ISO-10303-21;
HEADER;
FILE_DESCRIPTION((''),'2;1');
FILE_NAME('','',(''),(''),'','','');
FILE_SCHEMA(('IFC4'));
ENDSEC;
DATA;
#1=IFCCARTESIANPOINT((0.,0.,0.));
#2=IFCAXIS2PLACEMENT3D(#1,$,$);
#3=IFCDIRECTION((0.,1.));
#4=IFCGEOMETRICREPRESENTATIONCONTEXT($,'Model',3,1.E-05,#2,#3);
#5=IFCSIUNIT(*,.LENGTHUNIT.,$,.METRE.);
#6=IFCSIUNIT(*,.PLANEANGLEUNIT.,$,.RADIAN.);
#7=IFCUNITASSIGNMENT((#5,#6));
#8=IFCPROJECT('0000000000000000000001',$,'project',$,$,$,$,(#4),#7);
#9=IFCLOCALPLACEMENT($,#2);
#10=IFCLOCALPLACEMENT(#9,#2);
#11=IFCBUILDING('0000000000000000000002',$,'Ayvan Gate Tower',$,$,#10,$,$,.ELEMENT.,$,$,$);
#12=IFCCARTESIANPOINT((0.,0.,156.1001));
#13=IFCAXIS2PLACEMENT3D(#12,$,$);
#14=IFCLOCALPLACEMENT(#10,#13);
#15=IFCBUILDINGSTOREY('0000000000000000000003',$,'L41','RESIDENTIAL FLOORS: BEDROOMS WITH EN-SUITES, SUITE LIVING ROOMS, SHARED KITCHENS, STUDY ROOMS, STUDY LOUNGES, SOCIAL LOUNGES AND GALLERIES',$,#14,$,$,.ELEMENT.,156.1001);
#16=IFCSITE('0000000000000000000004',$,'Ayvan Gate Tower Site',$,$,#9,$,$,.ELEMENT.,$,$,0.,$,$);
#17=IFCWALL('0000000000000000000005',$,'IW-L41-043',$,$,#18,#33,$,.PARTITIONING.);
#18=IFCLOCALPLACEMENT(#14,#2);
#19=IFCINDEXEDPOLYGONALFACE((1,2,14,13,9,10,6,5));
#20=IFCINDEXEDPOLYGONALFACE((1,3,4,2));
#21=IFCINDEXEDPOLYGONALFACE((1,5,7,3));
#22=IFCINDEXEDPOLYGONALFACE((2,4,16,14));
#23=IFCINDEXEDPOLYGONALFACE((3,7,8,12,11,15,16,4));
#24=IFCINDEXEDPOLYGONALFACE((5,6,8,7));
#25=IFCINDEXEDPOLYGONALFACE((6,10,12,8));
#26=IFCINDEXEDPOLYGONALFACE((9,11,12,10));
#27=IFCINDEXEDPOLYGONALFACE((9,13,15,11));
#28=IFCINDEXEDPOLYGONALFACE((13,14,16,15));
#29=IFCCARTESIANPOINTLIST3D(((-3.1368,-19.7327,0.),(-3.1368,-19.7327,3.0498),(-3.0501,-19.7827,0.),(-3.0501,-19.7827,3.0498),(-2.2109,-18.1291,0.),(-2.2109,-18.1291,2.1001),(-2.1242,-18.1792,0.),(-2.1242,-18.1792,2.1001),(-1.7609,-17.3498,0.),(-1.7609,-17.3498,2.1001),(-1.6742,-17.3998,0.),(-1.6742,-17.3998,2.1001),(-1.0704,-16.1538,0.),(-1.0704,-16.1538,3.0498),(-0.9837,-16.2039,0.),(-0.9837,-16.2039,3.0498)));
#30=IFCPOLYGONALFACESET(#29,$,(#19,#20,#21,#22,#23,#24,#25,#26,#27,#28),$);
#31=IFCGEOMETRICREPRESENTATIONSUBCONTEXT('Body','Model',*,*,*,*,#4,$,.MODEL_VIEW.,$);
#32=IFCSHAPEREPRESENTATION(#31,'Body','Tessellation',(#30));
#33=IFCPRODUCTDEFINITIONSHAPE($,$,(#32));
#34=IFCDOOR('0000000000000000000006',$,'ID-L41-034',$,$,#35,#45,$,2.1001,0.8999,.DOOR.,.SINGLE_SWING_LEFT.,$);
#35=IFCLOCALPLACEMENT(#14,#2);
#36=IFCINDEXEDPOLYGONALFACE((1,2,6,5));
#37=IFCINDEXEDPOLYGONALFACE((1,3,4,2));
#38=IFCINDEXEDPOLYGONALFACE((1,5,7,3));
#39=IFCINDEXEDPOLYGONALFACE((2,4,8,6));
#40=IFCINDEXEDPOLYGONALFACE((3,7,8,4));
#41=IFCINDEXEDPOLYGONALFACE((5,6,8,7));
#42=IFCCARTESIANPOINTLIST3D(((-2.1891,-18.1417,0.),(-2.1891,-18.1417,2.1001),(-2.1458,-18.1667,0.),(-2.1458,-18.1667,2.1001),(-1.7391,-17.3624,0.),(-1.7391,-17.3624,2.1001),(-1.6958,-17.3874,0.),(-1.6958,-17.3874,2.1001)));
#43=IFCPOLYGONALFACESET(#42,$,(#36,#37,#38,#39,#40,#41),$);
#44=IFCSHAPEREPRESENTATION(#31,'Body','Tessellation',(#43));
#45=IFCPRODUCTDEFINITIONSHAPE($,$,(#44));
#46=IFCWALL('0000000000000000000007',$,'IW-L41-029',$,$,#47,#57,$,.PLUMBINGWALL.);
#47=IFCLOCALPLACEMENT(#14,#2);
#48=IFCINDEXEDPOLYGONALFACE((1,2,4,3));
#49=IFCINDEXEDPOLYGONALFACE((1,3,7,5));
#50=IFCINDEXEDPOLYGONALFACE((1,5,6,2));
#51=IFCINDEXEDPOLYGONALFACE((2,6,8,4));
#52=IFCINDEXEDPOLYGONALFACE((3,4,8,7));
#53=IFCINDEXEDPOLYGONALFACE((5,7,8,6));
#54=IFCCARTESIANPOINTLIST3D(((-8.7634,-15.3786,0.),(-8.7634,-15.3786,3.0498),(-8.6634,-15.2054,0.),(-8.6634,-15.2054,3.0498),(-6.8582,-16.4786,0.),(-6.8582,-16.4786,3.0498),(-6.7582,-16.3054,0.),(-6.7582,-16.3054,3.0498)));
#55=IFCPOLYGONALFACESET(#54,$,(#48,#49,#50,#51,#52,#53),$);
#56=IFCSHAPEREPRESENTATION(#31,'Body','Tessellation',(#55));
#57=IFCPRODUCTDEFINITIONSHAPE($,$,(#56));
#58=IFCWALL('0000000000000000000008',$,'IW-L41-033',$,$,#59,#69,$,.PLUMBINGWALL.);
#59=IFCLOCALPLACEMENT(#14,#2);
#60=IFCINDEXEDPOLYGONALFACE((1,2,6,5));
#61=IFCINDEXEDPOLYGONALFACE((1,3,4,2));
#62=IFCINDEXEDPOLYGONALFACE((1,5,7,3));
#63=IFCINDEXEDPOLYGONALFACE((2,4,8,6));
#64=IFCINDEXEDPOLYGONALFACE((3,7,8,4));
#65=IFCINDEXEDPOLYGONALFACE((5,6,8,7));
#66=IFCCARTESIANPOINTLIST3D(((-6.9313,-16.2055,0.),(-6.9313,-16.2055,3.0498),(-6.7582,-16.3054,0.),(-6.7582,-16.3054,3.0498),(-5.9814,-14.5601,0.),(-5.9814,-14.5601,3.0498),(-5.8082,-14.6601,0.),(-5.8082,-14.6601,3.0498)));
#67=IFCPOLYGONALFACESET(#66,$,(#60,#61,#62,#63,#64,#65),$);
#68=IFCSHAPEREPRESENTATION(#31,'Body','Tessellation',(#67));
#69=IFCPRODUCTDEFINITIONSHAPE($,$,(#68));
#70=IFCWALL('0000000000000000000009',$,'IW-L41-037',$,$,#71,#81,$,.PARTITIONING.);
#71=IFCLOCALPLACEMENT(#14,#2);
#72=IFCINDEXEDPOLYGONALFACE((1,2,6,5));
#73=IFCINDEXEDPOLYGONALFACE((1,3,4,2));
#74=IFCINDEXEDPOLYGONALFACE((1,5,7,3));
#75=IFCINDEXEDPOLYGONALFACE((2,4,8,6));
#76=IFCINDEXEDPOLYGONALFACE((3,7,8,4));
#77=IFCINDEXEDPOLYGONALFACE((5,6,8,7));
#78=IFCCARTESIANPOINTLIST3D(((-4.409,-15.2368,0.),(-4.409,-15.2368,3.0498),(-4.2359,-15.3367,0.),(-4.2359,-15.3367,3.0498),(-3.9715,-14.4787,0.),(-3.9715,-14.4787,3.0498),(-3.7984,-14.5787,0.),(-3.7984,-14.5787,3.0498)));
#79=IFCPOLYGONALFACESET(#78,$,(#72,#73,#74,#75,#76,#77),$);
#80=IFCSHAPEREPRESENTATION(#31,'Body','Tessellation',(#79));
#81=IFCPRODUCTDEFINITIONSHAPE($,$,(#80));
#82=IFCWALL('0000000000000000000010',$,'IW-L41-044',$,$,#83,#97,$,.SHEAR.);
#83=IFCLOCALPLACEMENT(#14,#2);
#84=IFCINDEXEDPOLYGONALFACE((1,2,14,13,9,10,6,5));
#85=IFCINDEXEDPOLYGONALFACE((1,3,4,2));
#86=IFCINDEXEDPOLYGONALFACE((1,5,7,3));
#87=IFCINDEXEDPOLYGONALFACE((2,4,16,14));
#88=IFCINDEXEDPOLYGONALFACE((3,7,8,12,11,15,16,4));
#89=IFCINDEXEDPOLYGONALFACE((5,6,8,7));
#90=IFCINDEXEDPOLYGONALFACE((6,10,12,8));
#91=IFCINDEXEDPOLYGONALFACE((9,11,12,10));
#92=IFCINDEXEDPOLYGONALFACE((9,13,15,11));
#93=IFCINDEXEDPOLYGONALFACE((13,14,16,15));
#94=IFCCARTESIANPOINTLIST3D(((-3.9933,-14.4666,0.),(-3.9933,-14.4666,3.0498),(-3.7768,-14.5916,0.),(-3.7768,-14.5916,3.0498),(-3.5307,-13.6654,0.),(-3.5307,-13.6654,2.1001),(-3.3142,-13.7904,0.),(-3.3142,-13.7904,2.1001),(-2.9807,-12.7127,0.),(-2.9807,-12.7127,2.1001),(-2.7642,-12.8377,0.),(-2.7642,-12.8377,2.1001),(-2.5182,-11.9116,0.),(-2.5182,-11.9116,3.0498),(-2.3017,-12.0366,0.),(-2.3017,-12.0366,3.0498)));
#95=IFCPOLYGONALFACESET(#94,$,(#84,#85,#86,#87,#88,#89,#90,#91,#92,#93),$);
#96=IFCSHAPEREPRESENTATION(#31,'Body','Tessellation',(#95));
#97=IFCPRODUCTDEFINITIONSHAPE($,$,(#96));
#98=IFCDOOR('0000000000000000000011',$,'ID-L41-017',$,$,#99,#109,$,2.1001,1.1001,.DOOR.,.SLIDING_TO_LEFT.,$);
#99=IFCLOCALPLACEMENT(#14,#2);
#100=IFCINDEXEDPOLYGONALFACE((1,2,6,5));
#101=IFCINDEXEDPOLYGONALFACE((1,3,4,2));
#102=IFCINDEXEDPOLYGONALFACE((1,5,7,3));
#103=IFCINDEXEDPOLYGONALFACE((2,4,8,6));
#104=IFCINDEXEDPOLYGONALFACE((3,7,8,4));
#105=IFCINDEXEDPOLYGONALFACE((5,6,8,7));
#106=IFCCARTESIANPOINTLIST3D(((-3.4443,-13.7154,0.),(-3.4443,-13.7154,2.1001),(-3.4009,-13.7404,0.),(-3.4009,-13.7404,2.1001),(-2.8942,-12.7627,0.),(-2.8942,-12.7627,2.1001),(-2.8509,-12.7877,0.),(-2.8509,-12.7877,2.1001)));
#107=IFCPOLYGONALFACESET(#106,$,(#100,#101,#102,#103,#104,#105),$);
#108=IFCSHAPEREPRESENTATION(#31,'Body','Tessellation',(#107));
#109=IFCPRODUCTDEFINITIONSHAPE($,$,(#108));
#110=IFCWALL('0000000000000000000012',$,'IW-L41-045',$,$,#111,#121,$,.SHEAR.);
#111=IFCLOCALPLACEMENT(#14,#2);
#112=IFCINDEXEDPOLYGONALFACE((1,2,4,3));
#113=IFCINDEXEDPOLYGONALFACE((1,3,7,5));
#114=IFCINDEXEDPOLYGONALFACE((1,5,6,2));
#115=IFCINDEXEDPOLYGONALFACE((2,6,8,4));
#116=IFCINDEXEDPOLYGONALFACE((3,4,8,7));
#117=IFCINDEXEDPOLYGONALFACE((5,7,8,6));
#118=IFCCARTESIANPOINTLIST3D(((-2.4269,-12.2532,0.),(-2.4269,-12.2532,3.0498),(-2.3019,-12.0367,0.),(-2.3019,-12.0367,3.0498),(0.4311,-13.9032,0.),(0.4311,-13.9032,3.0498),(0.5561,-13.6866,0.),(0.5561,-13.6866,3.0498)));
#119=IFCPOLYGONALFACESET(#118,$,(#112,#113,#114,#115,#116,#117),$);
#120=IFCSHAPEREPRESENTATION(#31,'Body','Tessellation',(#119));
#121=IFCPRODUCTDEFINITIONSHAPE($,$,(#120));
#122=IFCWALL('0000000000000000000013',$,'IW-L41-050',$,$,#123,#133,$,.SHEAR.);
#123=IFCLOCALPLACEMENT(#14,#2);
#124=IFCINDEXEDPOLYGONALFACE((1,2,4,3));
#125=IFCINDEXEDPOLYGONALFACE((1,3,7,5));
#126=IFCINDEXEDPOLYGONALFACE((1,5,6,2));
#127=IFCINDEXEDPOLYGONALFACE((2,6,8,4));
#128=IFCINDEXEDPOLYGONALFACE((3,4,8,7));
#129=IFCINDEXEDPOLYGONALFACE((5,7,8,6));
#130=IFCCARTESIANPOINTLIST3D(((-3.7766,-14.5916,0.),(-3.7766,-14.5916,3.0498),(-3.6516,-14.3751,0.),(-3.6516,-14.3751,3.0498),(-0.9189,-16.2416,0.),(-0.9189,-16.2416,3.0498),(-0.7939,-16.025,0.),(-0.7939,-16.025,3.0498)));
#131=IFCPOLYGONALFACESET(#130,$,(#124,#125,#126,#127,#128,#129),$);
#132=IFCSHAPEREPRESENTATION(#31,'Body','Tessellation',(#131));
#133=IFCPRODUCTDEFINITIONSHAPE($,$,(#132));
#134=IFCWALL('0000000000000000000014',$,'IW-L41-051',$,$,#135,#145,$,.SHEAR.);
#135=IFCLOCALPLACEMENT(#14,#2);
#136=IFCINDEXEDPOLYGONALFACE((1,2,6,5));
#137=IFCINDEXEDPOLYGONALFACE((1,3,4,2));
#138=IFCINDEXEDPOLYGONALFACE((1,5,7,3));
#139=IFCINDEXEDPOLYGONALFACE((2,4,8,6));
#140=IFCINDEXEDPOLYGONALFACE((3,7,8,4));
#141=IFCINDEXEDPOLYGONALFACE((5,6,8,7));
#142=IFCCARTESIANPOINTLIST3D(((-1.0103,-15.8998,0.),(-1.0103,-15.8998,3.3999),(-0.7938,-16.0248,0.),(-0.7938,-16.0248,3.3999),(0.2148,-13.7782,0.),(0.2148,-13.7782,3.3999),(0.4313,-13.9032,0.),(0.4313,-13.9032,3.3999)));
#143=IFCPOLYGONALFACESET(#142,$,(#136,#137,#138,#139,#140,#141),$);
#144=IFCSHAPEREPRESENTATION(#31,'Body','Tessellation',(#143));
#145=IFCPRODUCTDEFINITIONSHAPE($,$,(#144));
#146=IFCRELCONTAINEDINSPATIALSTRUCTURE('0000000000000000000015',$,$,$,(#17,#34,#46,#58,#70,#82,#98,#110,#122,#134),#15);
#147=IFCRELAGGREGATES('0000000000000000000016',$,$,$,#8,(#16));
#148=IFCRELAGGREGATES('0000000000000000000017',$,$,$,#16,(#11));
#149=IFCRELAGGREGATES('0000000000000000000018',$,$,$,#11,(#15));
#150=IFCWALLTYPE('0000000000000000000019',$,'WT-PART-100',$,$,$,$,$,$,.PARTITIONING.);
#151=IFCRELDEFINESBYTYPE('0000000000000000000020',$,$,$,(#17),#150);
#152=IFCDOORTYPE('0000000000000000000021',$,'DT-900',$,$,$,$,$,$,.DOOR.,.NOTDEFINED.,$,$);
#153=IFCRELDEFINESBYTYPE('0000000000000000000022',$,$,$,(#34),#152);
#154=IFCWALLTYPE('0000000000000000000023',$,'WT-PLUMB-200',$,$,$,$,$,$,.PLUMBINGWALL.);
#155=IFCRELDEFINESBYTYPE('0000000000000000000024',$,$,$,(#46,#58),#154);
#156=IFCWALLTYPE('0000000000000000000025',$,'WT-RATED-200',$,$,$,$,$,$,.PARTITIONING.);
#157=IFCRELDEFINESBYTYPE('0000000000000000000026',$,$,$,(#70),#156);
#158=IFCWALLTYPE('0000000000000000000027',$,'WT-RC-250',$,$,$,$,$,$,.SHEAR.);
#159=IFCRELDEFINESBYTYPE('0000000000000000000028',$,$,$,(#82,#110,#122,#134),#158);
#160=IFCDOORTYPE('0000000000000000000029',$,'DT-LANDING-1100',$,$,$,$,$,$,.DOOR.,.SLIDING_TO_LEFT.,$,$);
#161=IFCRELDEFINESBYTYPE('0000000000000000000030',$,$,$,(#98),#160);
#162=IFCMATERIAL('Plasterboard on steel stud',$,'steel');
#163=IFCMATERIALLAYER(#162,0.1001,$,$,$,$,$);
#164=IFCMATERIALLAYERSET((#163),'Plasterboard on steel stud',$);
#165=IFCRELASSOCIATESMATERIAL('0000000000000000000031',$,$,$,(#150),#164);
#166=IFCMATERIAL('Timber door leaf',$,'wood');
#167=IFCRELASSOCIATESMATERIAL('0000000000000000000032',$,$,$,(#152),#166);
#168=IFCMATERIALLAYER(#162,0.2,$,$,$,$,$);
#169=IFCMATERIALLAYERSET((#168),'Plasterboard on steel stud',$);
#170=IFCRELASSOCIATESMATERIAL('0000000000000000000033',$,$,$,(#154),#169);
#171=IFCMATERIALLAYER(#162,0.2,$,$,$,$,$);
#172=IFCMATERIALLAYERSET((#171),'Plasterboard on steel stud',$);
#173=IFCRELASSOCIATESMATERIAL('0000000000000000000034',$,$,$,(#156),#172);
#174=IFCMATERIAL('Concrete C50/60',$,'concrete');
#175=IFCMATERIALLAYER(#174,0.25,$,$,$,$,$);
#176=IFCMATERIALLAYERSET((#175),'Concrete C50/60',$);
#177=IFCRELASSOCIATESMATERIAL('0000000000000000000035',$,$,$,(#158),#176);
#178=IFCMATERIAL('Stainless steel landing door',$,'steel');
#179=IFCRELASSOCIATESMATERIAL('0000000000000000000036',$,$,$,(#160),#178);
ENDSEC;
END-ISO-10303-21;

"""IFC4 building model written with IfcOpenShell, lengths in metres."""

from ifc_helpers import new_model, si_unit, direction, frame, frame_2d, origin, place, context, subcontext, project, spatial, rectangle, extrude, material, layer, layer_set, type_object, element, fill, save


model = new_model("IFC4")

# Units and contexts
model_context = context("Model", 3, precision=1e-05, world=origin(), true_north=direction((0.0, 1.0)))
body_context = subcontext(model_context, "Body", "Model", "MODEL_VIEW")
ifc_project = project(units=[si_unit("LENGTHUNIT", "METRE"), si_unit("PLANEANGLEUNIT", "RADIAN")], contexts=[model_context])

# Site, building, storey
site_placement = place(None, origin())
site = spatial("IfcSite", under=ifc_project, at=site_placement, Name="Ayvan Gate Tower Site", CompositionType="ELEMENT", RefElevation=0.0)
building_placement = place(site_placement, origin())
building = spatial("IfcBuilding", under=site, at=building_placement, Name="Ayvan Gate Tower", CompositionType="ELEMENT")
storey_placement = place(building_placement, frame((0.0, 0.0, 156.1001)))
storey = spatial("IfcBuildingStorey", under=building, at=storey_placement, Name="L41", Description="RESIDENTIAL FLOORS: BEDROOMS WITH EN-SUITES, SUITE LIVING ROOMS, SHARED KITCHENS, STUDY ROOMS, STUDY LOUNGES, SOCIAL LOUNGES AND GALLERIES", CompositionType="ELEMENT", Elevation=156.1001)

# Wall, opening, door
ifc_material_1 = material(Name="Plasterboard on steel stud", Category="steel")
ifc_layer_1 = layer(ifc_material_1, 0.1001)
ifc_layer_set_1 = layer_set([ifc_layer_1], Name="Plasterboard on steel stud")
wall_type_1 = type_object("IfcWallType", Name="WT-PART-100", PredefinedType="PARTITIONING", material=ifc_layer_set_1)
wall_1_placement = place(storey_placement, frame((-3.0935, -19.7578, 0.0), z_axis=(0.0, 0.0, 1.0), x_axis=(0.500028, 0.866009, 0.0)))
wall_1 = element("IfcWall", 1, at=wall_1_placement, inside=storey, type_object=wall_type_1, Name="IW-L41-043", PredefinedType="PARTITIONING", context=body_context, shape_type="SweptSolid", body=[
    extrude(rectangle(XDim=4.1326, YDim=0.1001, at=frame_2d((2.0664, 0.0))), origin(), (0.0, 0.0, 1.0), 3.0498),
])
opening_1_placement = place(wall_1_placement, frame((1.8518, 0.0, 0.0)))
opening_1 = element("IfcOpeningElement", 2, at=opening_1_placement, cuts=wall_1, PredefinedType="OPENING", context=body_context, shape_type="SweptSolid", body=[
    extrude(rectangle(XDim=0.8999, YDim=2.1001, at=frame_2d((0.45, 1.05))), frame((0.0, 0.0601, 0.0), z_axis=(0.0, -1.0, 0.0), x_axis=(1.0, 0.0, 0.0)), (0.0, 0.0, 1.0), 0.1201),
])
ifc_material_2 = material(Name="Timber door leaf", Category="wood")
door_type_1 = type_object("IfcDoorType", Name="DT-900", OperationType="NOTDEFINED", PredefinedType="DOOR", material=ifc_material_2)
door_1_placement = place(opening_1_placement, origin())
door_1 = element("IfcDoor", 3, at=door_1_placement, inside=storey, type_object=door_type_1, Name="ID-L41-034", OperationType="SINGLE_SWING_LEFT", OverallHeight=2.1001, OverallWidth=0.8999, PredefinedType="DOOR", context=body_context, shape_type="SweptSolid", body=[
    extrude(rectangle(XDim=0.8999, YDim=2.1001, at=frame_2d((0.45, 1.05))), frame((0.0, 0.0249, 0.0), z_axis=(0.0, -1.0, 0.0), x_axis=(1.0, 0.0, 0.0)), (0.0, 0.0, 1.0), 0.05),
])
fill(opening_1, door_1)

# Walls
ifc_layer_2 = layer(ifc_material_1, 0.2)
ifc_layer_set_2 = layer_set([ifc_layer_2], Name="Plasterboard on steel stud")
wall_type_2 = type_object("IfcWallType", Name="WT-PLUMB-200", PredefinedType="PLUMBINGWALL", material=ifc_layer_set_2)
wall_2_placement = place(storey_placement, frame((-6.8081, -16.3921, 0.0), z_axis=(0.0, 0.0, 1.0), x_axis=(-0.866008, 0.50003, 0.0)))
element("IfcWall", 4, at=wall_2_placement, inside=storey, type_object=wall_type_2, Name="IW-L41-029", PredefinedType="PLUMBINGWALL", context=body_context, shape_type="SweptSolid", body=[
    extrude(rectangle(XDim=2.2, YDim=0.2, at=frame_2d((1.1001, 0.0))), origin(), (0.0, 0.0, 1.0), 3.0498),
])
wall_3_placement = place(storey_placement, frame((-5.8948, -14.6101, 0.0), z_axis=(0.0, 0.0, 1.0), x_axis=(-0.500023, -0.866012, 0.0)))
element("IfcWall", 5, at=wall_3_placement, inside=storey, type_object=wall_type_2, Name="IW-L41-033", PredefinedType="PLUMBINGWALL", context=body_context, shape_type="SweptSolid", body=[
    extrude(rectangle(XDim=1.8999, YDim=0.2, at=frame_2d((0.95, 0.0))), origin(), (0.0, 0.0, 1.0), 3.0498),
])
ifc_layer_3 = layer(ifc_material_1, 0.2)
ifc_layer_set_3 = layer_set([ifc_layer_3], Name="Plasterboard on steel stud")
wall_type_3 = type_object("IfcWallType", Name="WT-RATED-200", PredefinedType="PARTITIONING", material=ifc_layer_set_3)
wall_4_placement = place(storey_placement, frame((-3.885, -14.5288, 0.0), z_axis=(0.0, 0.0, 1.0), x_axis=(-0.499859, -0.866107, 0.0)))
element("IfcWall", 6, at=wall_4_placement, inside=storey, type_object=wall_type_3, Name="IW-L41-037", PredefinedType="PARTITIONING", context=body_context, shape_type="SweptSolid", body=[
    extrude(rectangle(XDim=0.8752, YDim=0.2, at=frame_2d((0.4375, 0.0))), origin(), (0.0, 0.0, 1.0), 3.0498),
])

# Wall, opening, door
ifc_material_3 = material(Name="Concrete C50/60", Category="concrete")
ifc_layer_4 = layer(ifc_material_3, 0.25)
ifc_layer_set_4 = layer_set([ifc_layer_4], Name="Concrete C50/60")
wall_type_4 = type_object("IfcWallType", Name="WT-RC-250", PredefinedType="SHEAR", material=ifc_layer_set_4)
wall_5_placement = place(storey_placement, frame((-2.4099, -11.9741, 0.0), z_axis=(0.0, 0.0, 1.0), x_axis=(-0.500002, -0.866024, 0.0)))
wall_5 = element("IfcWall", 7, at=wall_5_placement, inside=storey, type_object=wall_type_4, Name="IW-L41-044", PredefinedType="SHEAR", context=body_context, shape_type="SweptSolid", body=[
    extrude(rectangle(XDim=2.9502, YDim=0.25, at=frame_2d((1.4751, 0.0))), origin(), (0.0, 0.0, 1.0), 3.0498),
])
opening_2_placement = place(wall_5_placement, frame((0.925, 0.0, 0.0)))
opening_2 = element("IfcOpeningElement", 8, at=opening_2_placement, cuts=wall_5, PredefinedType="OPENING", context=body_context, shape_type="SweptSolid", body=[
    extrude(rectangle(XDim=1.1001, YDim=2.1001, at=frame_2d((0.55, 1.05))), frame((0.0, 0.135, 0.0), z_axis=(0.0, -1.0, 0.0), x_axis=(1.0, 0.0, 0.0)), (0.0, 0.0, 1.0), 0.27),
])
ifc_material_4 = material(Name="Stainless steel landing door", Category="steel")
door_type_2 = type_object("IfcDoorType", Name="DT-LANDING-1100", OperationType="SLIDING_TO_LEFT", PredefinedType="DOOR", material=ifc_material_4)
door_2_placement = place(opening_2_placement, origin())
door_2 = element("IfcDoor", 9, at=door_2_placement, inside=storey, type_object=door_type_2, Name="ID-L41-017", OperationType="SLIDING_TO_LEFT", OverallHeight=2.1001, OverallWidth=1.1001, PredefinedType="DOOR", context=body_context, shape_type="SweptSolid", body=[
    extrude(rectangle(XDim=1.1001, YDim=2.1001, at=frame_2d((0.55, 1.05))), frame((0.0, 0.0249, 0.0), z_axis=(0.0, -1.0, 0.0), x_axis=(1.0, 0.0, 0.0)), (0.0, 0.0, 1.0), 0.05),
])
fill(opening_2, door_2)

# Walls
wall_6_placement = place(storey_placement, frame((-2.3643, -12.145, 0.0), z_axis=(0.0, 0.0, 1.0), x_axis=(0.86604, -0.499974, 0.0)))
element("IfcWall", 10, at=wall_6_placement, inside=storey, type_object=wall_type_4, Name="IW-L41-045", PredefinedType="SHEAR", context=body_context, shape_type="SweptSolid", body=[
    extrude(rectangle(XDim=3.3, YDim=0.25, at=frame_2d((1.6499, 0.0))), origin(), (0.0, 0.0, 1.0), 3.0498),
])
wall_7_placement = place(storey_placement, frame((-0.8564, -16.1333, 0.0), z_axis=(0.0, 0.0, 1.0), x_axis=(-0.866022, 0.500006, 0.0)))
element("IfcWall", 11, at=wall_7_placement, inside=storey, type_object=wall_type_4, Name="IW-L41-050", PredefinedType="SHEAR", context=body_context, shape_type="SweptSolid", body=[
    extrude(rectangle(XDim=3.2998, YDim=0.25, at=frame_2d((1.6499, 0.0))), origin(), (0.0, 0.0, 1.0), 3.0498),
])
wall_8_placement = place(storey_placement, frame((-0.9021, -15.9624, 0.0), z_axis=(0.0, 0.0, 1.0), x_axis=(0.500062, 0.86599, 0.0)))
element("IfcWall", 12, at=wall_8_placement, inside=storey, type_object=wall_type_4, Name="IW-L41-051", PredefinedType="SHEAR", context=body_context, shape_type="SweptSolid", body=[
    extrude(rectangle(XDim=2.45, YDim=0.25, at=frame_2d((1.2251, 0.0))), origin(), (0.0, 0.0, 1.0), 3.3999),
])

save(model, "model.ifc")
